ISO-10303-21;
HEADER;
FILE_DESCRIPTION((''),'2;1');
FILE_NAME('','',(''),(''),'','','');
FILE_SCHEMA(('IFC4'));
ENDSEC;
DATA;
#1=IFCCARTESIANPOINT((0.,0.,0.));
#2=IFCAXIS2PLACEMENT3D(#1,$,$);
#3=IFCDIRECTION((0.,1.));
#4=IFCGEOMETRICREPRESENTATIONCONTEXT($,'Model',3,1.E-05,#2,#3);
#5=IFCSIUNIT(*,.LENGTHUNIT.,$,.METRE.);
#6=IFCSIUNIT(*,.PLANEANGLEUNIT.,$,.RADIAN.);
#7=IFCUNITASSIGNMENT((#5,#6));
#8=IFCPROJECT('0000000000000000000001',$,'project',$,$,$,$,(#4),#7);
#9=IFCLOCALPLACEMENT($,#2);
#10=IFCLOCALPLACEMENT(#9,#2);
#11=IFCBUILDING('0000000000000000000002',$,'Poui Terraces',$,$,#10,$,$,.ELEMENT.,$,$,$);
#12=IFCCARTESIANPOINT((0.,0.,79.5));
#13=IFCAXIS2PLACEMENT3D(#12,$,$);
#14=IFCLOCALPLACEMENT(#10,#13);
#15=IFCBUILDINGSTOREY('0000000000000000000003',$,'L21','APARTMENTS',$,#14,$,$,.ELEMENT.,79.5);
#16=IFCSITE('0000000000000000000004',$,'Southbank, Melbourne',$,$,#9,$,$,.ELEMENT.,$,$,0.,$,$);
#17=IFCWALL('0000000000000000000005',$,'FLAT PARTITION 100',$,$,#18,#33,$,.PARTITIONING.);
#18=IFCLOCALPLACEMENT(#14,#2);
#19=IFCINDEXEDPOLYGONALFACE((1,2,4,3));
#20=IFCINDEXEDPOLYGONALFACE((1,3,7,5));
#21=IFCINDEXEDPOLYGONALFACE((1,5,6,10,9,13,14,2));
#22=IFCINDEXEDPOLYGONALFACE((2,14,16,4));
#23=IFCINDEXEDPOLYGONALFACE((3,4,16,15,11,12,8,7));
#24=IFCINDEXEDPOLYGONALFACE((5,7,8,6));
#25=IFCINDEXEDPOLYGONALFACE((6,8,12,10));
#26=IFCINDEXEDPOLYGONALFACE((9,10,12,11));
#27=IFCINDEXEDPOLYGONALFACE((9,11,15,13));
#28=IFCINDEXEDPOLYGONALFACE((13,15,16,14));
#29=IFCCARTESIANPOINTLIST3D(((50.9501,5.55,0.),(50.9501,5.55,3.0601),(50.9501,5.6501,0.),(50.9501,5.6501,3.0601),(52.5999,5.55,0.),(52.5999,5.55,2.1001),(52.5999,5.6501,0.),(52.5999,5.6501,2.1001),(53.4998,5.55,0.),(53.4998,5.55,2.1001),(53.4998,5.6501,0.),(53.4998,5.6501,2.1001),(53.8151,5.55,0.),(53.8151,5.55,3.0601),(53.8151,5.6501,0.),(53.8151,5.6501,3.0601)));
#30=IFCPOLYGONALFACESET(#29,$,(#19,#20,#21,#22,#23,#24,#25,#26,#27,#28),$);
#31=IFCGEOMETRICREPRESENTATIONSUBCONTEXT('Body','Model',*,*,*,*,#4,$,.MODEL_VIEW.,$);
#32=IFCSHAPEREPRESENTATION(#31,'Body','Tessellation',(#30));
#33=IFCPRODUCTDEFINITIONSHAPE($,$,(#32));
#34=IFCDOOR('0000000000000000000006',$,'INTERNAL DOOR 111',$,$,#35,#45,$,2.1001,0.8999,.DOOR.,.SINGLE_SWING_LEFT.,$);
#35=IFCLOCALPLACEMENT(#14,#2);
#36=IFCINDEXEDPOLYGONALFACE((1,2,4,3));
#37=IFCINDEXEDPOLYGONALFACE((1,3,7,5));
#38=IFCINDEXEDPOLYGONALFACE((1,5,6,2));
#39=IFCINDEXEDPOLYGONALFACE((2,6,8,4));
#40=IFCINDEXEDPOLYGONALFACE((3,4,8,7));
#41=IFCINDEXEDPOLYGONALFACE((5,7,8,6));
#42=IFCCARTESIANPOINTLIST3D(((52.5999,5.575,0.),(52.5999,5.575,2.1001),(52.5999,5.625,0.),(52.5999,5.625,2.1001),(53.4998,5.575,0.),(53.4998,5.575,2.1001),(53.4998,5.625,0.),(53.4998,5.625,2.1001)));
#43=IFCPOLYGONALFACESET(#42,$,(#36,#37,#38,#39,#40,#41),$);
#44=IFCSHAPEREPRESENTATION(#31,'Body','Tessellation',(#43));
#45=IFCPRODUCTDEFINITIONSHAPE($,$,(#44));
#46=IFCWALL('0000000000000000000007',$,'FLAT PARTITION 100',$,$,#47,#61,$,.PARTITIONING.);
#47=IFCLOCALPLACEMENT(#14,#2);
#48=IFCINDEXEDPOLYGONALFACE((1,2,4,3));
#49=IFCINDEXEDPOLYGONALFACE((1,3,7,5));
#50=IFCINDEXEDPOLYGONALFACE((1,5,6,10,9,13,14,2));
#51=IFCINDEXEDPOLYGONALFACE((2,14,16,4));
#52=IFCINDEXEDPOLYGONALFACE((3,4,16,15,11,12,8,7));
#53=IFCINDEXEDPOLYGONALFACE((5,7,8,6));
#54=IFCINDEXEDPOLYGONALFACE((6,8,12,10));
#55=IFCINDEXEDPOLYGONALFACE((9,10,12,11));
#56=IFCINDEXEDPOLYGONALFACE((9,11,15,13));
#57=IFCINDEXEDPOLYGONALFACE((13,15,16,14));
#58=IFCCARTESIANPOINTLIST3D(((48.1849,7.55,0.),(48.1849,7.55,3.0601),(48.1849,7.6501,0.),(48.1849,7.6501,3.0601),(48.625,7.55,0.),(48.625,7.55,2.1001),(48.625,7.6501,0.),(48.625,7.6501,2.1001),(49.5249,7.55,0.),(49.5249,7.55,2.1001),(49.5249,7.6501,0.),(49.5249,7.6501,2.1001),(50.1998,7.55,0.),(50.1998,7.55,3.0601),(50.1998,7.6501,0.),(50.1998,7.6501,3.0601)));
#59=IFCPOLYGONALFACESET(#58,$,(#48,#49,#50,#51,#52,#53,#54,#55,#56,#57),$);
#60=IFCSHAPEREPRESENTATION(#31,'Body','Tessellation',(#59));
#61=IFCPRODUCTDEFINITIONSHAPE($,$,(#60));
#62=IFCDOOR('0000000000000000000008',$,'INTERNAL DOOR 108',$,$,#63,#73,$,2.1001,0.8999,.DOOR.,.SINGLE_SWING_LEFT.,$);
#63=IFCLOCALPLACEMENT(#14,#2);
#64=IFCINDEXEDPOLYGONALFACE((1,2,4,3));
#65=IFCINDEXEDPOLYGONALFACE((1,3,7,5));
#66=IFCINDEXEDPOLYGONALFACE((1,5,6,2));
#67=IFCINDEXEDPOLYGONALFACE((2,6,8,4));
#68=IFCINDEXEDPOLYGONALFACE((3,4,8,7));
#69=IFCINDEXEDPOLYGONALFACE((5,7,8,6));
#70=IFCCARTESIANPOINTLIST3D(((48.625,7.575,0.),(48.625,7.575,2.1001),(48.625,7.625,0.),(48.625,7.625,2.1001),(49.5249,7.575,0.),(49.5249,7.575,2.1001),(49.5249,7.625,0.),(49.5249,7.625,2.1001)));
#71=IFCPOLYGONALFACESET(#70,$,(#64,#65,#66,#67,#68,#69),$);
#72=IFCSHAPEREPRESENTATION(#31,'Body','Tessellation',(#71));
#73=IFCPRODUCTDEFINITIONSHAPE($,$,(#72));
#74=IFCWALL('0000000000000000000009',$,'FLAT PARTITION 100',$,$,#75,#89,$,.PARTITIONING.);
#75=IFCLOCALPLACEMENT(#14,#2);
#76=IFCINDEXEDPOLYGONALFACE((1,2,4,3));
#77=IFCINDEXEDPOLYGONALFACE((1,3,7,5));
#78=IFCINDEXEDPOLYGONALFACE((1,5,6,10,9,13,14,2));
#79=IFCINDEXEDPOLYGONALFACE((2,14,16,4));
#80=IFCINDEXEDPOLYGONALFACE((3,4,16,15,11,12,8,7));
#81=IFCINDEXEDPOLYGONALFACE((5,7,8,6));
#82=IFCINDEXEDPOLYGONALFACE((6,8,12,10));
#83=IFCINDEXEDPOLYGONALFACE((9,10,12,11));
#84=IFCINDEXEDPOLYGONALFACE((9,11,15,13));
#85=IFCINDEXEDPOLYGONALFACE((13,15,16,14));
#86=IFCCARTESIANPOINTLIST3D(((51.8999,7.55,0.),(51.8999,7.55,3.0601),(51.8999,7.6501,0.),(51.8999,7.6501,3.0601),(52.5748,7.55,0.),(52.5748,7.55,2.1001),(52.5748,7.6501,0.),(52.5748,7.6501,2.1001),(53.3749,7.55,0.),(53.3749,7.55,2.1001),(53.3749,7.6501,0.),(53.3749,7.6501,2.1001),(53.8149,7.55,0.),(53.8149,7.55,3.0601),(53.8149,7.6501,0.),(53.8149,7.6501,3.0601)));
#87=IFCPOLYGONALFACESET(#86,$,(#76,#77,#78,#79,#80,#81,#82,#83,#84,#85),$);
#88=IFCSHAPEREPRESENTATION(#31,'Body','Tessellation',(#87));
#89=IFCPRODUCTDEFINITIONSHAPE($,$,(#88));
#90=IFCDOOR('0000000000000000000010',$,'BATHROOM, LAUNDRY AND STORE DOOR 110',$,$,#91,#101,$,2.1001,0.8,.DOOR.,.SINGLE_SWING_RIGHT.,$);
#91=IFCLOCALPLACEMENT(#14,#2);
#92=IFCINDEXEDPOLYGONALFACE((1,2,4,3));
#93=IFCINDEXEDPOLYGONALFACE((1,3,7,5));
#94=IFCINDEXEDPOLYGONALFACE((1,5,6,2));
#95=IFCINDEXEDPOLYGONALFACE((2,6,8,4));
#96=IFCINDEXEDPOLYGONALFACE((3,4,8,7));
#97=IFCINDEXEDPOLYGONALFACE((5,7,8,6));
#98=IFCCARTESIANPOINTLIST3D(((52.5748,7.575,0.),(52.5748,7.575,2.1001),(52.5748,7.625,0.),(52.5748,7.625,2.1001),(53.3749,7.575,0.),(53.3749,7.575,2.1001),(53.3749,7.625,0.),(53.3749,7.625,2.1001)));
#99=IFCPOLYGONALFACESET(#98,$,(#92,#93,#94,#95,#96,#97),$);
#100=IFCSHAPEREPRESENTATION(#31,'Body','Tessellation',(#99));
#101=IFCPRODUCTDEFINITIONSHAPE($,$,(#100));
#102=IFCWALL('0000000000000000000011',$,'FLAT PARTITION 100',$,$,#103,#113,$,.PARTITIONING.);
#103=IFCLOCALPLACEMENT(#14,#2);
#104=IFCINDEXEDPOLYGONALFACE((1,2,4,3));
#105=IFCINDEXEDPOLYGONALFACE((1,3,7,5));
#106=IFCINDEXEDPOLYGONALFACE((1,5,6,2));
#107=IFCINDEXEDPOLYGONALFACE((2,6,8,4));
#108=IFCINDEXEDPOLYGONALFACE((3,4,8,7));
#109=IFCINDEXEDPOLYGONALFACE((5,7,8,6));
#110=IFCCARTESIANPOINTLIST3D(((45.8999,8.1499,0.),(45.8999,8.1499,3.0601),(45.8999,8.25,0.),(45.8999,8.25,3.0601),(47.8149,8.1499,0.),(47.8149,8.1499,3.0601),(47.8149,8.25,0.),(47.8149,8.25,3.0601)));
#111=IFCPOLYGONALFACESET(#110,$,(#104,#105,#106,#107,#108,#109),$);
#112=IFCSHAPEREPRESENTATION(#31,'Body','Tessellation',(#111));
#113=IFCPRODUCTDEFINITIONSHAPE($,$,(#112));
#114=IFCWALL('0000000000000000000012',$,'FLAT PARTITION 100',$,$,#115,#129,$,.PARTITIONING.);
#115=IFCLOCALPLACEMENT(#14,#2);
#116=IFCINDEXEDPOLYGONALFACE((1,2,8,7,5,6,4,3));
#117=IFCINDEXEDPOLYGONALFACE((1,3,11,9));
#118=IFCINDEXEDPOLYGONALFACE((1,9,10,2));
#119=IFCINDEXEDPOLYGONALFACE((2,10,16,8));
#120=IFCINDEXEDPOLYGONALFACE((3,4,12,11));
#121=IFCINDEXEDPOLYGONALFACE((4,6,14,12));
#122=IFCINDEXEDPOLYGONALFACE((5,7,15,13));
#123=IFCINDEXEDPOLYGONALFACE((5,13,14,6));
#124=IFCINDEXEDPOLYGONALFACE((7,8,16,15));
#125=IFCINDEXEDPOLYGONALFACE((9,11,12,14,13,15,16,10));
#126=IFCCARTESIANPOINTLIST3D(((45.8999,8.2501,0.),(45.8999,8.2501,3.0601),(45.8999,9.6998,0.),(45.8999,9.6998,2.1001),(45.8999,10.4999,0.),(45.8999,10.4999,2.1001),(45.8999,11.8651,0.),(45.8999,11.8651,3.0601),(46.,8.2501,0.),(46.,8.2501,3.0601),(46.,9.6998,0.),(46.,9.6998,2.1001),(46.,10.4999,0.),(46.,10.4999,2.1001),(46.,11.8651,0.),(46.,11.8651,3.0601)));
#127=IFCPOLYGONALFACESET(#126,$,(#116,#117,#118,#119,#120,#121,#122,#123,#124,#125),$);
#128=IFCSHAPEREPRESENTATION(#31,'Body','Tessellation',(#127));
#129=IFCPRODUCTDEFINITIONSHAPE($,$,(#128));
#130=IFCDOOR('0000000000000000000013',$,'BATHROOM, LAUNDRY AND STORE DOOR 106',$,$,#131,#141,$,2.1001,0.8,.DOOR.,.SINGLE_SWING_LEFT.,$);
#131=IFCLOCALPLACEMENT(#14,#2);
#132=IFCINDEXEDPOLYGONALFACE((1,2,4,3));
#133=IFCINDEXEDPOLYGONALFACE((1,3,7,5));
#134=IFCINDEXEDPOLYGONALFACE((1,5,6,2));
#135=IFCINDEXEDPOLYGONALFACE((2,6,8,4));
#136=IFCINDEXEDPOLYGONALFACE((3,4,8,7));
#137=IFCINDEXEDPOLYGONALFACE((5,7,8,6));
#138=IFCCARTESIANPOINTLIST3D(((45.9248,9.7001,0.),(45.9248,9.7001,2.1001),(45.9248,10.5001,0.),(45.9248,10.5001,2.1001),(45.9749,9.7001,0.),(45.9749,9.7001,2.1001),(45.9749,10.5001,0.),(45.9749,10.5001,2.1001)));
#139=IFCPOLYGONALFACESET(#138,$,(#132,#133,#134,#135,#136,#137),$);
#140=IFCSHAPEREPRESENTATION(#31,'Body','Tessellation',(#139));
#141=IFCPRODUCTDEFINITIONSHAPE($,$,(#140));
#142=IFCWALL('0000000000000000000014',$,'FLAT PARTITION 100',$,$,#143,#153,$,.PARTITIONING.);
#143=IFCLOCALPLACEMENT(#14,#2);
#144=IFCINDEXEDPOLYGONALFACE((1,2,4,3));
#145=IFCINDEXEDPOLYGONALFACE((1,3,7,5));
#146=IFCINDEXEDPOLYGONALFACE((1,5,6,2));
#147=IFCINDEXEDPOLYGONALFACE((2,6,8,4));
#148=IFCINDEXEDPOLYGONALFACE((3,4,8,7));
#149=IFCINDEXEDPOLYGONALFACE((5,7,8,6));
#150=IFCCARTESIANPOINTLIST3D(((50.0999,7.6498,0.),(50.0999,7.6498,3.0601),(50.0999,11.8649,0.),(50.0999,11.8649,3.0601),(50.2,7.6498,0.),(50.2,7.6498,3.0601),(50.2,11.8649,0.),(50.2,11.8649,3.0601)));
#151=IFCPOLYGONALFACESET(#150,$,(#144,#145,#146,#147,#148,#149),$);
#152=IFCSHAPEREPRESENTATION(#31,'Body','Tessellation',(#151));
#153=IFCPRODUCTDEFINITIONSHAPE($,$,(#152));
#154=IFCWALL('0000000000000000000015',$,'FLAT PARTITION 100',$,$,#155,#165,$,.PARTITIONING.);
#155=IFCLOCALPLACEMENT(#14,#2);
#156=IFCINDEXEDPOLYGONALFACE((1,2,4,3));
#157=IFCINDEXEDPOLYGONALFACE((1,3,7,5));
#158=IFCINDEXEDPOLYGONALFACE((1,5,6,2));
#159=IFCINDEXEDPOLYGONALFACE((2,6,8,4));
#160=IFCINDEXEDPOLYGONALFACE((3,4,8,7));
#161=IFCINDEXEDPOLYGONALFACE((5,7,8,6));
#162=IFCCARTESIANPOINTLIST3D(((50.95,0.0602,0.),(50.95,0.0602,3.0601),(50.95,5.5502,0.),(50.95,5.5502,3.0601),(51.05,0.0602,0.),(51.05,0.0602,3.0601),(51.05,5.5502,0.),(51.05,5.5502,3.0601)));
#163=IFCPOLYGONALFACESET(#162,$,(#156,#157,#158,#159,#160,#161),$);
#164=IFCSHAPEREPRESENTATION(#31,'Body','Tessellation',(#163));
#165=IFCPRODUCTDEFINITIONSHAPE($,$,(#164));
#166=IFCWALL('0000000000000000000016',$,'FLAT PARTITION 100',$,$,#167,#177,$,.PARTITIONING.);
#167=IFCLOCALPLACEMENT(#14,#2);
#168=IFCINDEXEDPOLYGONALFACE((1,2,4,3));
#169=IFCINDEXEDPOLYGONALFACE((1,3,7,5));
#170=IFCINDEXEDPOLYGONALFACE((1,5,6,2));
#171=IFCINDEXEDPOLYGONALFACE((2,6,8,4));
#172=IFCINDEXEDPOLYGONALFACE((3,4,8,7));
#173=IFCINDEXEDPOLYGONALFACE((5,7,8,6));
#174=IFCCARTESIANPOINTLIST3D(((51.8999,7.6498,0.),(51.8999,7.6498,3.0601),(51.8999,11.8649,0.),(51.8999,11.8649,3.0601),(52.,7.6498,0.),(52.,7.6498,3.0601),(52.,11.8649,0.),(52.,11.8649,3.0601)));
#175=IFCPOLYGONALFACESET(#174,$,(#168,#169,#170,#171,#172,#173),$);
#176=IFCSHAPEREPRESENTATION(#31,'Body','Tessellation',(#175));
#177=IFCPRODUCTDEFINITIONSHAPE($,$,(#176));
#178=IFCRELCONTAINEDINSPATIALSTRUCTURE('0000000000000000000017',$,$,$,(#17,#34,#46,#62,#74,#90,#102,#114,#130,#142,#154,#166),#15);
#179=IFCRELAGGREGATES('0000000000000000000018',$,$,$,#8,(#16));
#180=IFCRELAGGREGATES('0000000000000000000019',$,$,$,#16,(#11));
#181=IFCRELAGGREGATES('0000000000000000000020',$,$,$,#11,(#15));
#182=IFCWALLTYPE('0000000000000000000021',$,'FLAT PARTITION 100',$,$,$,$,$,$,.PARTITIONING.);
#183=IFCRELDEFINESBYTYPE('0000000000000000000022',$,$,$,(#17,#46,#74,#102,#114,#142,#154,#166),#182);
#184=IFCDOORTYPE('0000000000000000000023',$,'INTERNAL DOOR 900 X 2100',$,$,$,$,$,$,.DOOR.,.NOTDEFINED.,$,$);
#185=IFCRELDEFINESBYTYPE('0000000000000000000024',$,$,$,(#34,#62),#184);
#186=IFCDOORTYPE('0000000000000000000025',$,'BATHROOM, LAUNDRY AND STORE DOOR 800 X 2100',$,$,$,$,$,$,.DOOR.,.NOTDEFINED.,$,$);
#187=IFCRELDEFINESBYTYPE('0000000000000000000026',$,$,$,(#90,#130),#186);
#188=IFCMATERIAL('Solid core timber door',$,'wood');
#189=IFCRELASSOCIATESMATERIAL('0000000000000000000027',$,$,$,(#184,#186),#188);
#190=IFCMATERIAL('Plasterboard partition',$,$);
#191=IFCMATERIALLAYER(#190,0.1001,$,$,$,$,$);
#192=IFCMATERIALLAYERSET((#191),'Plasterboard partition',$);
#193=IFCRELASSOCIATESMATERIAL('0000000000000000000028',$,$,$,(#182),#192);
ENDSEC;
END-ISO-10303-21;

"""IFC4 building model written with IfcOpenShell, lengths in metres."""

from ifc_helpers import new_model, si_unit, direction, frame, frame_2d, origin, place, context, subcontext, project, spatial, rectangle, extrude, material, layer, layer_set, type_object, element, fill, save


model = new_model("IFC4")

# Units and contexts
model_context = context("Model", 3, precision=1e-05, world=origin(), true_north=direction((0.0, 1.0)))
body_context = subcontext(model_context, "Body", "Model", "MODEL_VIEW")
ifc_project = project(units=[si_unit("LENGTHUNIT", "METRE"), si_unit("PLANEANGLEUNIT", "RADIAN")], contexts=[model_context])

# Site, building, storey
site_placement = place(None, origin())
site = spatial("IfcSite", under=ifc_project, at=site_placement, Name="Southbank, Melbourne", CompositionType="ELEMENT", RefElevation=0.0)
building_placement = place(site_placement, origin())
building = spatial("IfcBuilding", under=site, at=building_placement, Name="Poui Terraces", CompositionType="ELEMENT")
storey_placement = place(building_placement, frame((0.0, 0.0, 79.5)))
storey = spatial("IfcBuildingStorey", under=building, at=storey_placement, Name="L21", Description="APARTMENTS", CompositionType="ELEMENT", Elevation=79.5)

# Walls, openings, doors
ifc_material_1 = material(Name="Solid core timber door", Category="wood")
door_type_1 = type_object("IfcDoorType", Name="INTERNAL DOOR 900 X 2100", OperationType="NOTDEFINED", PredefinedType="DOOR", material=ifc_material_1)
ifc_material_2 = material(Name="Plasterboard partition")
ifc_layer_1 = layer(ifc_material_2, 0.1001)
ifc_layer_set_1 = layer_set([ifc_layer_1], Name="Plasterboard partition")
wall_type_1 = type_object("IfcWallType", Name="FLAT PARTITION 100", PredefinedType="PARTITIONING", material=ifc_layer_set_1)
wall_1_placement = place(storey_placement, frame((50.95, 5.6001, 0.0), z_axis=(0.0, 0.0, 1.0), x_axis=(1.0, 0.0, 0.0)))
wall_1 = element("IfcWall", 1, at=wall_1_placement, inside=storey, type_object=wall_type_1, Name="FLAT PARTITION 100", PredefinedType="PARTITIONING", context=body_context, shape_type="SweptSolid", body=[
    extrude(rectangle(XDim=2.865, YDim=0.1001, at=frame_2d((1.4326, 0.0))), origin(), (0.0, 0.0, 1.0), 3.0601),
])
opening_1_placement = place(wall_1_placement, frame((1.6499, 0.0, 0.0)))
opening_1 = element("IfcOpeningElement", 2, at=opening_1_placement, cuts=wall_1, PredefinedType="OPENING", context=body_context, shape_type="SweptSolid", body=[
    extrude(rectangle(XDim=0.8999, YDim=2.1001, at=frame_2d((0.45, 1.05))), frame((0.0, 0.0601, 0.0), z_axis=(0.0, -1.0, 0.0), x_axis=(1.0, 0.0, 0.0)), (0.0, 0.0, 1.0), 0.1201),
])
door_1_placement = place(opening_1_placement, origin())
door_1 = element("IfcDoor", 3, at=door_1_placement, inside=storey, type_object=door_type_1, Name="INTERNAL DOOR 111", OperationType="SINGLE_SWING_LEFT", OverallHeight=2.1001, OverallWidth=0.8999, PredefinedType="DOOR", context=body_context, shape_type="SweptSolid", body=[
    extrude(rectangle(XDim=0.8999, YDim=2.1001, at=frame_2d((0.45, 1.05))), frame((0.0, 0.0249, 0.0), z_axis=(0.0, -1.0, 0.0), x_axis=(1.0, 0.0, 0.0)), (0.0, 0.0, 1.0), 0.05),
])
fill(opening_1, door_1)
wall_2_placement = place(storey_placement, frame((48.1851, 7.6001, 0.0), z_axis=(0.0, 0.0, 1.0), x_axis=(1.0, 0.0, 0.0)))
wall_2 = element("IfcWall", 4, at=wall_2_placement, inside=storey, type_object=wall_type_1, Name="FLAT PARTITION 100", PredefinedType="PARTITIONING", context=body_context, shape_type="SweptSolid", body=[
    extrude(rectangle(XDim=2.0149, YDim=0.1001, at=frame_2d((1.0073, 0.0))), origin(), (0.0, 0.0, 1.0), 3.0601),
])
opening_2_placement = place(wall_2_placement, frame((0.4399, 0.0, 0.0)))
opening_2 = element("IfcOpeningElement", 5, at=opening_2_placement, cuts=wall_2, PredefinedType="OPENING", context=body_context, shape_type="SweptSolid", body=[
    extrude(rectangle(XDim=0.8999, YDim=2.1001, at=frame_2d((0.45, 1.05))), frame((0.0, 0.0601, 0.0), z_axis=(0.0, -1.0, 0.0), x_axis=(1.0, 0.0, 0.0)), (0.0, 0.0, 1.0), 0.1201),
])
door_2_placement = place(opening_2_placement, origin())
door_2 = element("IfcDoor", 6, at=door_2_placement, inside=storey, type_object=door_type_1, Name="INTERNAL DOOR 108", OperationType="SINGLE_SWING_LEFT", OverallHeight=2.1001, OverallWidth=0.8999, PredefinedType="DOOR", context=body_context, shape_type="SweptSolid", body=[
    extrude(rectangle(XDim=0.8999, YDim=2.1001, at=frame_2d((0.45, 1.05))), frame((0.0, 0.0249, 0.0), z_axis=(0.0, -1.0, 0.0), x_axis=(1.0, 0.0, 0.0)), (0.0, 0.0, 1.0), 0.05),
])
fill(opening_2, door_2)
wall_3_placement = place(storey_placement, frame((51.8999, 7.6001, 0.0), z_axis=(0.0, 0.0, 1.0), x_axis=(1.0, 0.0, 0.0)))
wall_3 = element("IfcWall", 7, at=wall_3_placement, inside=storey, type_object=wall_type_1, Name="FLAT PARTITION 100", PredefinedType="PARTITIONING", context=body_context, shape_type="SweptSolid", body=[
    extrude(rectangle(XDim=1.915, YDim=0.1001, at=frame_2d((0.9575, 0.0))), origin(), (0.0, 0.0, 1.0), 3.0601),
])
opening_3_placement = place(wall_3_placement, frame((0.675, 0.0, 0.0)))
opening_3 = element("IfcOpeningElement", 8, at=opening_3_placement, cuts=wall_3, PredefinedType="OPENING", context=body_context, shape_type="SweptSolid", body=[
    extrude(rectangle(XDim=0.8, YDim=2.1001, at=frame_2d((0.3999, 1.05))), frame((0.0, 0.0601, 0.0), z_axis=(0.0, -1.0, 0.0), x_axis=(1.0, 0.0, 0.0)), (0.0, 0.0, 1.0), 0.1201),
])
door_type_2 = type_object("IfcDoorType", Name="BATHROOM, LAUNDRY AND STORE DOOR 800 X 2100", OperationType="NOTDEFINED", PredefinedType="DOOR", material=ifc_material_1)
door_3_placement = place(opening_3_placement, origin())
door_3 = element("IfcDoor", 9, at=door_3_placement, inside=storey, type_object=door_type_2, Name="BATHROOM, LAUNDRY AND STORE DOOR 110", OperationType="SINGLE_SWING_RIGHT", OverallHeight=2.1001, OverallWidth=0.8, PredefinedType="DOOR", context=body_context, shape_type="SweptSolid", body=[
    extrude(rectangle(XDim=0.8, YDim=2.1001, at=frame_2d((0.3999, 1.05))), frame((0.0, 0.0249, 0.0), z_axis=(0.0, -1.0, 0.0), x_axis=(1.0, 0.0, 0.0)), (0.0, 0.0, 1.0), 0.05),
])
fill(opening_3, door_3)

# Wall
wall_4_placement = place(storey_placement, frame((45.8999, 8.2, 0.0), z_axis=(0.0, 0.0, 1.0), x_axis=(1.0, 0.0, 0.0)))
element("IfcWall", 10, at=wall_4_placement, inside=storey, type_object=wall_type_1, Name="FLAT PARTITION 100", PredefinedType="PARTITIONING", context=body_context, shape_type="SweptSolid", body=[
    extrude(rectangle(XDim=1.915, YDim=0.1001, at=frame_2d((0.9575, 0.0))), origin(), (0.0, 0.0, 1.0), 3.0601),
])

# Wall, opening, door
wall_5_placement = place(storey_placement, frame((45.95, 8.25, 0.0), z_axis=(0.0, 0.0, 1.0), x_axis=(0.0, 1.0, 0.0)))
wall_5 = element("IfcWall", 11, at=wall_5_placement, inside=storey, type_object=wall_type_1, Name="FLAT PARTITION 100", PredefinedType="PARTITIONING", context=body_context, shape_type="SweptSolid", body=[
    extrude(rectangle(XDim=3.615, YDim=0.1001, at=frame_2d((1.8076, 0.0))), origin(), (0.0, 0.0, 1.0), 3.0601),
])
opening_4_placement = place(wall_5_placement, frame((1.45, 0.0, 0.0)))
opening_4 = element("IfcOpeningElement", 12, at=opening_4_placement, cuts=wall_5, PredefinedType="OPENING", context=body_context, shape_type="SweptSolid", body=[
    extrude(rectangle(XDim=0.8, YDim=2.1001, at=frame_2d((0.3999, 1.05))), frame((0.0, 0.0601, 0.0), z_axis=(0.0, -1.0, 0.0), x_axis=(1.0, 0.0, 0.0)), (0.0, 0.0, 1.0), 0.1201),
])
door_4_placement = place(opening_4_placement, frame((0.8, 0.0, 0.0), z_axis=(0.0, 0.0, 1.0), x_axis=(-1.0, 0.0, 0.0)))
door_4 = element("IfcDoor", 13, at=door_4_placement, inside=storey, type_object=door_type_2, Name="BATHROOM, LAUNDRY AND STORE DOOR 106", OperationType="SINGLE_SWING_LEFT", OverallHeight=2.1001, OverallWidth=0.8, PredefinedType="DOOR", context=body_context, shape_type="SweptSolid", body=[
    extrude(rectangle(XDim=0.8, YDim=2.1001, at=frame_2d((0.3999, 1.05))), frame((0.0, 0.0249, 0.0), z_axis=(0.0, -1.0, 0.0), x_axis=(1.0, 0.0, 0.0)), (0.0, 0.0, 1.0), 0.05),
])
fill(opening_4, door_4)

# Walls
wall_6_placement = place(storey_placement, frame((50.1499, 7.6499, 0.0), z_axis=(0.0, 0.0, 1.0), x_axis=(0.0, 1.0, 0.0)))
element("IfcWall", 14, at=wall_6_placement, inside=storey, type_object=wall_type_1, Name="FLAT PARTITION 100", PredefinedType="PARTITIONING", context=body_context, shape_type="SweptSolid", body=[
    extrude(rectangle(XDim=4.2151, YDim=0.1001, at=frame_2d((2.1074, 0.0))), origin(), (0.0, 0.0, 1.0), 3.0601),
])
wall_7_placement = place(storey_placement, frame((51.0, 0.0601, 0.0), z_axis=(0.0, 0.0, 1.0), x_axis=(0.0, 1.0, 0.0)))
element("IfcWall", 15, at=wall_7_placement, inside=storey, type_object=wall_type_1, Name="FLAT PARTITION 100", PredefinedType="PARTITIONING", context=body_context, shape_type="SweptSolid", body=[
    extrude(rectangle(XDim=5.49, YDim=0.1001, at=frame_2d((2.7451, 0.0))), origin(), (0.0, 0.0, 1.0), 3.0601),
])
wall_8_placement = place(storey_placement, frame((51.95, 7.6499, 0.0), z_axis=(0.0, 0.0, 1.0), x_axis=(0.0, 1.0, 0.0)))
element("IfcWall", 16, at=wall_8_placement, inside=storey, type_object=wall_type_1, Name="FLAT PARTITION 100", PredefinedType="PARTITIONING", context=body_context, shape_type="SweptSolid", body=[
    extrude(rectangle(XDim=4.2151, YDim=0.1001, at=frame_2d((2.1074, 0.0))), origin(), (0.0, 0.0, 1.0), 3.0601),
])

save(model, "model.ifc")
